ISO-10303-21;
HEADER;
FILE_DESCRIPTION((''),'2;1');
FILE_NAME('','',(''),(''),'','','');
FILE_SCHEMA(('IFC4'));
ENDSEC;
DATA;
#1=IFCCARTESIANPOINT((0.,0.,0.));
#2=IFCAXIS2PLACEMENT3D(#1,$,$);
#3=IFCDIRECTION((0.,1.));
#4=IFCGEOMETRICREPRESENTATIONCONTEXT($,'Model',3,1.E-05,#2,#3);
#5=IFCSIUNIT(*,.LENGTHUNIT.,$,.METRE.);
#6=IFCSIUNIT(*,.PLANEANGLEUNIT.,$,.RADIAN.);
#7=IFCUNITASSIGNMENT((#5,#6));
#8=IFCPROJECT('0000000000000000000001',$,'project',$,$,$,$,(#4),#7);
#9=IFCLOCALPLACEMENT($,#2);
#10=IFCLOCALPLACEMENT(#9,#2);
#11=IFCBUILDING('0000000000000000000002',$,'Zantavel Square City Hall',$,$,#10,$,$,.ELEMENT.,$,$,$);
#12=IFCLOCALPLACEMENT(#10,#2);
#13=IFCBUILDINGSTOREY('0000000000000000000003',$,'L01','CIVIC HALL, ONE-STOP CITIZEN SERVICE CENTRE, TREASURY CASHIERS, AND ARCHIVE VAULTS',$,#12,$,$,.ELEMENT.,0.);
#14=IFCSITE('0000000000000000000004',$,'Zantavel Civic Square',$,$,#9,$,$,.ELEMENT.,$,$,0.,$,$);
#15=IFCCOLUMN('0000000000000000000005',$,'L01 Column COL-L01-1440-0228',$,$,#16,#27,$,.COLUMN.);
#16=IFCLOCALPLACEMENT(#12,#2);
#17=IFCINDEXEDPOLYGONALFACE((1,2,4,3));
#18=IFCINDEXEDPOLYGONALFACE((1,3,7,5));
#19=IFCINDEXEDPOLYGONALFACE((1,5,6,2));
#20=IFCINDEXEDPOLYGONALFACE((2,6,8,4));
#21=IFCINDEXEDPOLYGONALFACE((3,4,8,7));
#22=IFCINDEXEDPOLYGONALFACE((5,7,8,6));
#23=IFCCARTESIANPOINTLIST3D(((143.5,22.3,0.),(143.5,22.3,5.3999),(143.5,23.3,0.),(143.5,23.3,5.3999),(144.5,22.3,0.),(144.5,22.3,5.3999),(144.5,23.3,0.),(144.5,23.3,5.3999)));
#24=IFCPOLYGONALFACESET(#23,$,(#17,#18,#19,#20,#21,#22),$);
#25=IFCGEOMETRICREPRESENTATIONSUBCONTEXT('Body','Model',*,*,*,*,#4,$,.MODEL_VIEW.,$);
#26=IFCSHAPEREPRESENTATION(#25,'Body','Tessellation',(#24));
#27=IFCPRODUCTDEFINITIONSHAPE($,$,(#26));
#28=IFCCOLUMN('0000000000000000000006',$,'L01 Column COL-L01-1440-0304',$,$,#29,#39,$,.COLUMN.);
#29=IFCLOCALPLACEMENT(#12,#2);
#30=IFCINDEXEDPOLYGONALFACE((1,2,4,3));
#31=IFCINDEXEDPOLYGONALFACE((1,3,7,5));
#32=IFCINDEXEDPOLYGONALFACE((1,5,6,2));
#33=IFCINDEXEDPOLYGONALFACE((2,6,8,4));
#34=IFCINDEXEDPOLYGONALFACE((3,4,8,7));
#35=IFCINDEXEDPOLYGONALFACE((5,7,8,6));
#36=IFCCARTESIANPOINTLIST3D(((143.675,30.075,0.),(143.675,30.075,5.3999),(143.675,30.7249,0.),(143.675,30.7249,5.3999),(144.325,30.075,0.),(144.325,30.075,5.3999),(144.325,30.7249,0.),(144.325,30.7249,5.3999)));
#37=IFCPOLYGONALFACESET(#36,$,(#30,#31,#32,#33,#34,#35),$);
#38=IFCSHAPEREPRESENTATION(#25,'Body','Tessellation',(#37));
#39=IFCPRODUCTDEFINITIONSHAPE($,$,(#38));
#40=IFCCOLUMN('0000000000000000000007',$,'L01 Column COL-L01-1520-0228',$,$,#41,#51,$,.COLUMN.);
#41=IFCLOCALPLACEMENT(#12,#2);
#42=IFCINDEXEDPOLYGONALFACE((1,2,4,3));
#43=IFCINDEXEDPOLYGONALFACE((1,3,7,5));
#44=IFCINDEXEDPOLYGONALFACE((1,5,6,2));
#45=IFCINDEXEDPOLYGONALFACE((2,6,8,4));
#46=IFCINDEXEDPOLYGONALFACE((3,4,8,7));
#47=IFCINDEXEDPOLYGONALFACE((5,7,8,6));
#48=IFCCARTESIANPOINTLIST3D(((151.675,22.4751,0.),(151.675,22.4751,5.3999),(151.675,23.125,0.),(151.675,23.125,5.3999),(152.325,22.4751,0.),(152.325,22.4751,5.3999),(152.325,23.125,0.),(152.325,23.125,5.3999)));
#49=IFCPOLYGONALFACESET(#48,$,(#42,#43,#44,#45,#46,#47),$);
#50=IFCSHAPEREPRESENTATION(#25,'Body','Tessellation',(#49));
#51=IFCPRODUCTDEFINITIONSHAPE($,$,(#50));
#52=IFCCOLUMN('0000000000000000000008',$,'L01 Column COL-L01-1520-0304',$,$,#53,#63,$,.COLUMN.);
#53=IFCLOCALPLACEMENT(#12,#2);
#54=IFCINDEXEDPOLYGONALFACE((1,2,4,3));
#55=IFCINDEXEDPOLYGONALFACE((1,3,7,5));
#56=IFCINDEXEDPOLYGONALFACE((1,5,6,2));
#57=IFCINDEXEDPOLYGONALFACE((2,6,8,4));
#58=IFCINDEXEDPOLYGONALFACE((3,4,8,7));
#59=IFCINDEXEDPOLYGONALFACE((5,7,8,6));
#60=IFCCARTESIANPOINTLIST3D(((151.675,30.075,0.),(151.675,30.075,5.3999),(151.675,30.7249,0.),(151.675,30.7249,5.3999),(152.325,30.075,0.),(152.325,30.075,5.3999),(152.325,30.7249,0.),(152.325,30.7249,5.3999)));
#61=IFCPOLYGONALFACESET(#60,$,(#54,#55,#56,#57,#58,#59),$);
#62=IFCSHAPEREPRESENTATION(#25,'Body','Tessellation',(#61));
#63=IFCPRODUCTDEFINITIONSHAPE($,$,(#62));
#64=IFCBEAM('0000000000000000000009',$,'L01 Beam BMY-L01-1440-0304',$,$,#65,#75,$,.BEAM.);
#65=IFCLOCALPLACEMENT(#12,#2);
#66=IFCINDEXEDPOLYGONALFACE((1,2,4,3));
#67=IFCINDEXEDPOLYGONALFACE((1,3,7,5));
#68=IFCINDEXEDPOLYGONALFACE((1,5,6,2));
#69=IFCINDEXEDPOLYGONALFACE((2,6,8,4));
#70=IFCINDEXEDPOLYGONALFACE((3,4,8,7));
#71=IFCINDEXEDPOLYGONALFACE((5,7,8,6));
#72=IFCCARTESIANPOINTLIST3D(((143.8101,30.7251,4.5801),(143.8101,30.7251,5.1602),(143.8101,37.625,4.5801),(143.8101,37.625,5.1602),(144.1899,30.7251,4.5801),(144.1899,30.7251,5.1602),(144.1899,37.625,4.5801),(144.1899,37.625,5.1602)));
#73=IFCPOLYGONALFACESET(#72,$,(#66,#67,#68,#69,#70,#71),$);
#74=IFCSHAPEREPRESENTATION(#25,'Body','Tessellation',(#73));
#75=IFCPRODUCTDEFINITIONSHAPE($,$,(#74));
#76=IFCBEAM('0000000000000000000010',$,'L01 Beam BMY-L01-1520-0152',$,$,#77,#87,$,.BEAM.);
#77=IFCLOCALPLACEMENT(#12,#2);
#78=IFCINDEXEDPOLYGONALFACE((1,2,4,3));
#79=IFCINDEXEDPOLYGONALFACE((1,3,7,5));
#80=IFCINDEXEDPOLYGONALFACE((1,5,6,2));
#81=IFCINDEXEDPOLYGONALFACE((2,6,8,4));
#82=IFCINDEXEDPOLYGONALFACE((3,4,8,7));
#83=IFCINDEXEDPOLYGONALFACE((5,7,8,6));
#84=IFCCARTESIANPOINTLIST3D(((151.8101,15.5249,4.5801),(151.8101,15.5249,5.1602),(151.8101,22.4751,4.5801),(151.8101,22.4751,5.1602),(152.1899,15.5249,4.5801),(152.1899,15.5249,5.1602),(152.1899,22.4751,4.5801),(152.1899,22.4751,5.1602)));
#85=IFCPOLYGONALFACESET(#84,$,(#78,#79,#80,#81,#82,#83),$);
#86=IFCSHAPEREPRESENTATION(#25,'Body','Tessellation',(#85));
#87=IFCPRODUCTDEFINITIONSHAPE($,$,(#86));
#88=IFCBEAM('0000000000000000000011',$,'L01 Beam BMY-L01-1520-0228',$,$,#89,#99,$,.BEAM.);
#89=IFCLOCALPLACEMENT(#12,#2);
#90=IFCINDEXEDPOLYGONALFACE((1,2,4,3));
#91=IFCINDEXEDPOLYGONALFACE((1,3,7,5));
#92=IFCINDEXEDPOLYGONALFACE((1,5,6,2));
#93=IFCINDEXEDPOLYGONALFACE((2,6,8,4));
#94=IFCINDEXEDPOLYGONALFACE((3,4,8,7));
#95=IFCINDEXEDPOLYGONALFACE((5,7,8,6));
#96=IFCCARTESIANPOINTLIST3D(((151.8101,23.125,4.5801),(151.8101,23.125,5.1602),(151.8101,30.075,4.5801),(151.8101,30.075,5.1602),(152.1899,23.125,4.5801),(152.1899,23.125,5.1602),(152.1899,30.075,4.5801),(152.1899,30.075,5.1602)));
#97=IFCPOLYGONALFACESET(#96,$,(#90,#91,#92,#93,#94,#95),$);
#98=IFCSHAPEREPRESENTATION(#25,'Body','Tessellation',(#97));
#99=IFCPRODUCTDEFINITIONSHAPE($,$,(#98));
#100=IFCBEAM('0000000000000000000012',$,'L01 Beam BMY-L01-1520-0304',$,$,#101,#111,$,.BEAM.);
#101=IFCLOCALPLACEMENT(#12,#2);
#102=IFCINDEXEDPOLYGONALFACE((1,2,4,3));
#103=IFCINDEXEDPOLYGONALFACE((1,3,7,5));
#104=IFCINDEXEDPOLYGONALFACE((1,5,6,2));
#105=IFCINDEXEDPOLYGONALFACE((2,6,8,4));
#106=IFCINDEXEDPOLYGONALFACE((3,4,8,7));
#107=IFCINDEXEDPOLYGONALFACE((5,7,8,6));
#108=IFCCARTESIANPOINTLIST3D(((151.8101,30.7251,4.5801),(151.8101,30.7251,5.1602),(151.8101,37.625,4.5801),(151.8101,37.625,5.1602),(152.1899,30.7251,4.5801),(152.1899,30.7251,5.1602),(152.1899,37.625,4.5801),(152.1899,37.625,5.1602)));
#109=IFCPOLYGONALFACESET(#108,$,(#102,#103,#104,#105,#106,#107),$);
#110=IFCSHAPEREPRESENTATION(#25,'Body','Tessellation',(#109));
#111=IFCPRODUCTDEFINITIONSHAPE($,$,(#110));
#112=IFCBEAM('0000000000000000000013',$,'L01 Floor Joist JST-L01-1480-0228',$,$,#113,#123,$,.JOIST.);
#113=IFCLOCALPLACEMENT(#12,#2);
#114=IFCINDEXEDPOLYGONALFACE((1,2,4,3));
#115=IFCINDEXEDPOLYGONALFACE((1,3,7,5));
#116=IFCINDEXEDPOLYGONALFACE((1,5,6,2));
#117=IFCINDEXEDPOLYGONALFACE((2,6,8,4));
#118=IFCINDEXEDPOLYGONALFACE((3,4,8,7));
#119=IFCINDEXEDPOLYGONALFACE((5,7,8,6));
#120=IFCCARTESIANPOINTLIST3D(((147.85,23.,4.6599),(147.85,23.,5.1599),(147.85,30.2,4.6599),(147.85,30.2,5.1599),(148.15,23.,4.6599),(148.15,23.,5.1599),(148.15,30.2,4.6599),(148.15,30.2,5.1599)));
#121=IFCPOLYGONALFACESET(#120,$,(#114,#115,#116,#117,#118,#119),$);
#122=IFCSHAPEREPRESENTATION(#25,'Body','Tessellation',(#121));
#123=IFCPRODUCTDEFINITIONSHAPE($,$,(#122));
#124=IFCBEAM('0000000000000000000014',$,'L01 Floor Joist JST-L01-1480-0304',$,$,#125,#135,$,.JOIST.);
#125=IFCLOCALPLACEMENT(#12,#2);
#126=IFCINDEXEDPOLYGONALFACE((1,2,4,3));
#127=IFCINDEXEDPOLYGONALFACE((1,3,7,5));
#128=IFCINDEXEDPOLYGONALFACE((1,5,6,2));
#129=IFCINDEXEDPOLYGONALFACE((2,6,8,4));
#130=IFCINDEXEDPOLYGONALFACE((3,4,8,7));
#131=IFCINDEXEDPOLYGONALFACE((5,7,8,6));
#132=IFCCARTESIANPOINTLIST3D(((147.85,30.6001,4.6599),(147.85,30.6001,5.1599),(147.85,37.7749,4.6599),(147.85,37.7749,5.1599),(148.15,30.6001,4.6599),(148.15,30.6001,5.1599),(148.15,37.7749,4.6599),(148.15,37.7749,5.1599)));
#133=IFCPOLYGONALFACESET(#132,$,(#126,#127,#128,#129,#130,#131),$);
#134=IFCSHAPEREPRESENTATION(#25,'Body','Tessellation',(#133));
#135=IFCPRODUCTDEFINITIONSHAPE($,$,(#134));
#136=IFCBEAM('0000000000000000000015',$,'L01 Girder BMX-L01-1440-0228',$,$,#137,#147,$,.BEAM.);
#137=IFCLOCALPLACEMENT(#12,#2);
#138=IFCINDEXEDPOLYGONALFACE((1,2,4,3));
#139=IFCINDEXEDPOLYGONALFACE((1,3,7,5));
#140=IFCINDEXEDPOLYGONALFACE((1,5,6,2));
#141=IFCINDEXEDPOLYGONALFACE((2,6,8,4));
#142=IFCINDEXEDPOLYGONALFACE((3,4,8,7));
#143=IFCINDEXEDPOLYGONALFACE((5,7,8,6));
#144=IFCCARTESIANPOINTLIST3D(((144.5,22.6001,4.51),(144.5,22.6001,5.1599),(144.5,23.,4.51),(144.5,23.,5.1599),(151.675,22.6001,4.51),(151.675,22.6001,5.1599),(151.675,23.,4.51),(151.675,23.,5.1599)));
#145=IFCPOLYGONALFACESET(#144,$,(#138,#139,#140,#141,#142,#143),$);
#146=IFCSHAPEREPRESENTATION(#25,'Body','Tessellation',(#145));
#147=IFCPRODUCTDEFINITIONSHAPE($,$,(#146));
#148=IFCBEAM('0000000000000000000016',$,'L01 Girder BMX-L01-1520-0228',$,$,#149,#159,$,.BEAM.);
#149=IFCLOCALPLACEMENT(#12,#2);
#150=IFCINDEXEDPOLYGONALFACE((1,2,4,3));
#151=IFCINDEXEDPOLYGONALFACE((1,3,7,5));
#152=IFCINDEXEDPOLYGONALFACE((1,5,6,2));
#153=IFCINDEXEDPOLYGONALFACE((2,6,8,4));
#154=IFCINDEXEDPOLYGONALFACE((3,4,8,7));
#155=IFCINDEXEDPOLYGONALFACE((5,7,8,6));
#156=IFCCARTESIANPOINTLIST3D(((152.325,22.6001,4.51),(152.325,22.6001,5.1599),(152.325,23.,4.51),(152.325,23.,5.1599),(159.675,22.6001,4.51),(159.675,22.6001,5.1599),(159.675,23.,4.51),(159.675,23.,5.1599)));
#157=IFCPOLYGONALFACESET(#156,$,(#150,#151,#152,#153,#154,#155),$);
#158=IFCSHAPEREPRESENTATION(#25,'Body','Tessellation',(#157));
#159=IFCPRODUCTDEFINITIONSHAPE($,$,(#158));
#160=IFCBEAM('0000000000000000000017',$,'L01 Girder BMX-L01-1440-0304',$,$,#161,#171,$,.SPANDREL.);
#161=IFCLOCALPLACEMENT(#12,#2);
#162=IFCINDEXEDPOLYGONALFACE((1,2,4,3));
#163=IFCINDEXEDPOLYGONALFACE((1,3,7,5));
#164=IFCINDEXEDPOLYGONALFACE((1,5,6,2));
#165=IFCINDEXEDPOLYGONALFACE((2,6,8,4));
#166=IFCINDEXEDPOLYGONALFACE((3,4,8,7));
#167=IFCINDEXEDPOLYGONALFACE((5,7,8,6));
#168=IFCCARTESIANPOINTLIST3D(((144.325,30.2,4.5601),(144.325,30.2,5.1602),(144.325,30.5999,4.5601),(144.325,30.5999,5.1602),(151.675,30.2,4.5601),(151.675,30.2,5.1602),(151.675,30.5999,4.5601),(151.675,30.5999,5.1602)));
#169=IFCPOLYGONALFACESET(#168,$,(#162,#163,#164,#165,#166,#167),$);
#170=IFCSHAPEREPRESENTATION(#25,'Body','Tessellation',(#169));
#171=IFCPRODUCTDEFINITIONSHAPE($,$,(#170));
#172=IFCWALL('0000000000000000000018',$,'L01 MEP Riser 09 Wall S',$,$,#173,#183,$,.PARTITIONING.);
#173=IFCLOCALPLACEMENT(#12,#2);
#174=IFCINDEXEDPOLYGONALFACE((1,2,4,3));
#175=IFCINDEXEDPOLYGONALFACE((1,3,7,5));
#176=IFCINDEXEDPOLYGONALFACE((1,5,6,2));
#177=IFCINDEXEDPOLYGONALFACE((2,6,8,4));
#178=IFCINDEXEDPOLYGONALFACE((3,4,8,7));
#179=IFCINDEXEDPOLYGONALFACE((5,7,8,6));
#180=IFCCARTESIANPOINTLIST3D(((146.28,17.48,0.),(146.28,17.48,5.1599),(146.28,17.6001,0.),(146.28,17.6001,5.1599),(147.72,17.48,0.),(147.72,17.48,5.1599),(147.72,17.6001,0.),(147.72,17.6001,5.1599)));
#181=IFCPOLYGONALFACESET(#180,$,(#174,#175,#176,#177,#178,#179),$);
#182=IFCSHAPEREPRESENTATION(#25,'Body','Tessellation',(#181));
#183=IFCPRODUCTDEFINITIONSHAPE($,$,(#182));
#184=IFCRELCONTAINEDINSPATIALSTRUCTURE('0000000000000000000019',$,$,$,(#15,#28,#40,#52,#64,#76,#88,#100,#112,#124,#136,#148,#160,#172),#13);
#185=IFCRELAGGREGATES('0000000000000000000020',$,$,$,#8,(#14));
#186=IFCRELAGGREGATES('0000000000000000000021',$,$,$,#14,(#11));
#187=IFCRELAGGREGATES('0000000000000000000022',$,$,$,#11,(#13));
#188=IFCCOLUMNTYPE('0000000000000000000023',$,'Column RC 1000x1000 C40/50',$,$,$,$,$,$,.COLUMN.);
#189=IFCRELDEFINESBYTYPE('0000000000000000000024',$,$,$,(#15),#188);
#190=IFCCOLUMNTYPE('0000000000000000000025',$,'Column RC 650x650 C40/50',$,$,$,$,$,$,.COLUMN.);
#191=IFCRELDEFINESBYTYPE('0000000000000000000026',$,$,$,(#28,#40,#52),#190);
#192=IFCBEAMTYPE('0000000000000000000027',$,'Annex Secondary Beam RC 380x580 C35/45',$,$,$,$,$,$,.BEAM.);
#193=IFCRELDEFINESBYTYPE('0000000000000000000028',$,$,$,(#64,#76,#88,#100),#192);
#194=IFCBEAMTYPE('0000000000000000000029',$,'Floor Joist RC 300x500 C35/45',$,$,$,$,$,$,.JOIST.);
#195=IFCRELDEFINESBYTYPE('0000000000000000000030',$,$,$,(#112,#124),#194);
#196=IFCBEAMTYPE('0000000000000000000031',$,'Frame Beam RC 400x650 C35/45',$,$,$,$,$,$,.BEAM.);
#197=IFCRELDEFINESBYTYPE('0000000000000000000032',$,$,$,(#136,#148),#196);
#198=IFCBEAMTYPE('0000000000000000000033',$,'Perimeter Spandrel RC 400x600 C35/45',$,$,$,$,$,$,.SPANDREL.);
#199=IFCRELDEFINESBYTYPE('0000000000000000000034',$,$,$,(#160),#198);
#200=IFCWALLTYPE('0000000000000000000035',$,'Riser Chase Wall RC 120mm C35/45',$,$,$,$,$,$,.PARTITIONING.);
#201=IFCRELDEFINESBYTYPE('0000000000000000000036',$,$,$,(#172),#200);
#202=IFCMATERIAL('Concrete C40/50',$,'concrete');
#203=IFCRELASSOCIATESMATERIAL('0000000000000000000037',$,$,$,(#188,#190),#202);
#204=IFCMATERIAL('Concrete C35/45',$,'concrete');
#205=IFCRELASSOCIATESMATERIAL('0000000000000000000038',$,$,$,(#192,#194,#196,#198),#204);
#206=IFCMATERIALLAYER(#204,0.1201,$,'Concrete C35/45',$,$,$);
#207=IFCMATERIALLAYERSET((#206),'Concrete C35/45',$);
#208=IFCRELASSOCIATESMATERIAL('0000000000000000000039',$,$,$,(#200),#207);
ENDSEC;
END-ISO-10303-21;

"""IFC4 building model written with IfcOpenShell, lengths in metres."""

from ifc_helpers import new_model, si_unit, direction, frame, frame_2d, origin, origin_2d, place, context, subcontext, project, spatial, rectangle, extrude, material, layer, layer_set, material_profile, profile_set, type_object, element, save


model = new_model("IFC4")

# Units and contexts
model_context = context("Model", 3, precision=1e-05, world=origin(), true_north=direction((0.0, 1.0)))
body_context = subcontext(model_context, "Body", "Model", "MODEL_VIEW")
ifc_project = project(units=[si_unit("LENGTHUNIT", "METRE"), si_unit("PLANEANGLEUNIT", "RADIAN")], contexts=[model_context])

# Site, building, storey
site_placement = place(None, origin())
site = spatial("IfcSite", under=ifc_project, at=site_placement, Name="Zantavel Civic Square", CompositionType="ELEMENT", RefElevation=0.0)
building_placement = place(site_placement, origin())
building = spatial("IfcBuilding", under=site, at=building_placement, Name="Zantavel Square City Hall", CompositionType="ELEMENT")
storey_placement = place(building_placement, origin())
storey = spatial("IfcBuildingStorey", under=building, at=storey_placement, Name="L01", Description="CIVIC HALL, ONE-STOP CITIZEN SERVICE CENTRE, TREASURY CASHIERS, AND ARCHIVE VAULTS", CompositionType="ELEMENT", Elevation=0.0)

# Columns
ifc_material_1 = material(Name="Concrete C40/50", Category="concrete")
ifc_material_profile_1 = material_profile(ifc_material_1, rectangle(XDim=1.0, YDim=1.0, at=origin_2d()), Name="RC 1000x1000")
ifc_profile_set_1 = profile_set([ifc_material_profile_1], Name="Concrete C40/50")
column_type_1 = type_object("IfcColumnType", Name="Column RC 1000x1000 C40/50", PredefinedType="COLUMN", material=ifc_profile_set_1)
column_placement = place(storey_placement, frame((144.0, 22.8, 0.0), z_axis=(0.0, 0.0, 1.0), x_axis=(1.0, 0.0, 0.0)))
element("IfcColumn", 1, at=column_placement, inside=storey, type_object=column_type_1, Name="L01 Column COL-L01-1440-0228", PredefinedType="COLUMN", context=body_context, shape_type="SweptSolid", body=[
    extrude(rectangle(XDim=1.0, YDim=1.0, at=origin_2d()), origin(), (0.0, 0.0, 1.0), 5.3999),
])
ifc_material_profile_2 = material_profile(ifc_material_1, rectangle(XDim=0.6499, YDim=0.6499, at=origin_2d()), Name="RC 650x650")
ifc_profile_set_2 = profile_set([ifc_material_profile_2], Name="Concrete C40/50")
column_type_2 = type_object("IfcColumnType", Name="Column RC 650x650 C40/50", PredefinedType="COLUMN", material=ifc_profile_set_2)
for number, where, z_axis, x_axis, name in (
    (2, (144.0, 30.3999, 0.0), (0.0, 0.0, 1.0), (1.0, 0.0, 0.0), "L01 Column COL-L01-1440-0304"),
    (3, (152.0, 22.8, 0.0), (0.0, 0.0, 1.0), (1.0, 0.0, 0.0), "L01 Column COL-L01-1520-0228"),
    (4, (152.0, 30.3999, 0.0), (0.0, 0.0, 1.0), (1.0, 0.0, 0.0), "L01 Column COL-L01-1520-0304"),
):
    element("IfcColumn", number, at=place(storey_placement, frame(where, z_axis=z_axis, x_axis=x_axis)), inside=storey, type_object=column_type_2, Name=name, PredefinedType="COLUMN", context=body_context, shape_type="SweptSolid", body=[
        extrude(rectangle(XDim=0.6499, YDim=0.6499, at=origin_2d()), origin(), (0.0, 0.0, 1.0), 5.3999),
    ])

# Beams
ifc_material_2 = material(Name="Concrete C35/45", Category="concrete")
ifc_material_profile_3 = material_profile(ifc_material_2, rectangle(XDim=0.3799, YDim=0.5801, at=origin_2d()), Name="RC 380x580")
ifc_profile_set_3 = profile_set([ifc_material_profile_3], Name="Concrete C35/45")
beam_type_1 = type_object("IfcBeamType", Name="Annex Secondary Beam RC 380x580 C35/45", PredefinedType="BEAM", material=ifc_profile_set_3)
beam_1_placement = place(storey_placement, frame((144.0, 30.7251, 4.8701), z_axis=(0.0, 1.0, 0.0), x_axis=(-1.0, 0.0, 0.0)))
element("IfcBeam", 5, at=beam_1_placement, inside=storey, type_object=beam_type_1, Name="L01 Beam BMY-L01-1440-0304", PredefinedType="BEAM", context=body_context, shape_type="SweptSolid", body=[
    extrude(rectangle(XDim=0.3799, YDim=0.5801, at=origin_2d()), origin(), (0.0, 0.0, 1.0), 6.8999),
])
beam_2_placement = place(storey_placement, frame((152.0, 15.5249, 4.8701), z_axis=(0.0, 1.0, 0.0), x_axis=(-1.0, 0.0, 0.0)))
element("IfcBeam", 6, at=beam_2_placement, inside=storey, type_object=beam_type_1, Name="L01 Beam BMY-L01-1520-0152", PredefinedType="BEAM", context=body_context, shape_type="SweptSolid", body=[
    extrude(rectangle(XDim=0.3799, YDim=0.5801, at=origin_2d()), origin(), (0.0, 0.0, 1.0), 6.9502),
])
beam_3_placement = place(storey_placement, frame((152.0, 23.125, 4.8701), z_axis=(0.0, 1.0, 0.0), x_axis=(-1.0, 0.0, 0.0)))
element("IfcBeam", 7, at=beam_3_placement, inside=storey, type_object=beam_type_1, Name="L01 Beam BMY-L01-1520-0228", PredefinedType="BEAM", context=body_context, shape_type="SweptSolid", body=[
    extrude(rectangle(XDim=0.3799, YDim=0.5801, at=origin_2d()), origin(), (0.0, 0.0, 1.0), 6.95),
])
beam_4_placement = place(storey_placement, frame((152.0, 30.7251, 4.8701), z_axis=(0.0, 1.0, 0.0), x_axis=(-1.0, 0.0, 0.0)))
element("IfcBeam", 8, at=beam_4_placement, inside=storey, type_object=beam_type_1, Name="L01 Beam BMY-L01-1520-0304", PredefinedType="BEAM", context=body_context, shape_type="SweptSolid", body=[
    extrude(rectangle(XDim=0.3799, YDim=0.5801, at=origin_2d()), origin(), (0.0, 0.0, 1.0), 6.8999),
])
ifc_material_profile_4 = material_profile(ifc_material_2, rectangle(XDim=0.3, YDim=0.5, at=origin_2d()), Name="RC 300x500")
ifc_profile_set_4 = profile_set([ifc_material_profile_4], Name="Concrete C35/45")
beam_type_2 = type_object("IfcBeamType", Name="Floor Joist RC 300x500 C35/45", PredefinedType="JOIST", material=ifc_profile_set_4)
beam_5_placement = place(storey_placement, frame((148.0, 23.0, 4.9099), z_axis=(0.0, 1.0, 0.0), x_axis=(-1.0, 0.0, 0.0)))
element("IfcBeam", 9, at=beam_5_placement, inside=storey, type_object=beam_type_2, Name="L01 Floor Joist JST-L01-1480-0228", PredefinedType="JOIST", context=body_context, shape_type="SweptSolid", body=[
    extrude(rectangle(XDim=0.3, YDim=0.5, at=origin_2d()), origin(), (0.0, 0.0, 1.0), 7.2),
])
beam_6_placement = place(storey_placement, frame((148.0, 30.6001, 4.9099), z_axis=(0.0, 1.0, 0.0), x_axis=(-1.0, 0.0, 0.0)))
element("IfcBeam", 10, at=beam_6_placement, inside=storey, type_object=beam_type_2, Name="L01 Floor Joist JST-L01-1480-0304", PredefinedType="JOIST", context=body_context, shape_type="SweptSolid", body=[
    extrude(rectangle(XDim=0.3, YDim=0.5, at=origin_2d()), origin(), (0.0, 0.0, 1.0), 7.1748),
])
ifc_material_profile_5 = material_profile(ifc_material_2, rectangle(XDim=0.3999, YDim=0.6499, at=origin_2d()), Name="RC 400x650")
ifc_profile_set_5 = profile_set([ifc_material_profile_5], Name="Concrete C35/45")
beam_type_3 = type_object("IfcBeamType", Name="Frame Beam RC 400x650 C35/45", PredefinedType="BEAM", material=ifc_profile_set_5)
beam_7_placement = place(storey_placement, frame((144.5, 22.8, 4.835), z_axis=(1.0, 0.0, 0.0), x_axis=(0.0, 1.0, 0.0)))
element("IfcBeam", 11, at=beam_7_placement, inside=storey, type_object=beam_type_3, Name="L01 Girder BMX-L01-1440-0228", PredefinedType="BEAM", context=body_context, shape_type="SweptSolid", body=[
    extrude(rectangle(XDim=0.3999, YDim=0.6499, at=origin_2d()), origin(), (0.0, 0.0, 1.0), 7.175),
])
beam_8_placement = place(storey_placement, frame((152.325, 22.8, 4.835), z_axis=(1.0, 0.0, 0.0), x_axis=(0.0, 1.0, 0.0)))
element("IfcBeam", 12, at=beam_8_placement, inside=storey, type_object=beam_type_3, Name="L01 Girder BMX-L01-1520-0228", PredefinedType="BEAM", context=body_context, shape_type="SweptSolid", body=[
    extrude(rectangle(XDim=0.3999, YDim=0.6499, at=origin_2d()), origin(), (0.0, 0.0, 1.0), 7.3501),
])
ifc_material_profile_6 = material_profile(ifc_material_2, rectangle(XDim=0.3999, YDim=0.6001, at=origin_2d()), Name="RC 400x600")
ifc_profile_set_6 = profile_set([ifc_material_profile_6], Name="Concrete C35/45")
beam_type_4 = type_object("IfcBeamType", Name="Perimeter Spandrel RC 400x600 C35/45", PredefinedType="SPANDREL", material=ifc_profile_set_6)
beam_9_placement = place(storey_placement, frame((144.325, 30.3999, 4.8601), z_axis=(1.0, 0.0, 0.0), x_axis=(0.0, 1.0, 0.0)))
element("IfcBeam", 13, at=beam_9_placement, inside=storey, type_object=beam_type_4, Name="L01 Girder BMX-L01-1440-0304", PredefinedType="SPANDREL", context=body_context, shape_type="SweptSolid", body=[
    extrude(rectangle(XDim=0.3999, YDim=0.6001, at=origin_2d()), origin(), (0.0, 0.0, 1.0), 7.3501),
])

# Wall
ifc_layer = layer(ifc_material_2, 0.1201, Name="Concrete C35/45")
ifc_layer_set = layer_set([ifc_layer], Name="Concrete C35/45")
wall_type = type_object("IfcWallType", Name="Riser Chase Wall RC 120mm C35/45", PredefinedType="PARTITIONING", material=ifc_layer_set)
wall_1_placement = place(storey_placement, frame((147.72, 17.54, 0.0), z_axis=(0.0, 0.0, 1.0), x_axis=(-1.0, 0.0, 0.0)))
element("IfcWall", 14, at=wall_1_placement, inside=storey, type_object=wall_type, Name="L01 MEP Riser 09 Wall S", PredefinedType="PARTITIONING", context=body_context, shape_type="SweptSolid", body=[
    extrude(rectangle(XDim=1.4399, YDim=0.1201, at=frame_2d((0.72, 0.0))), origin(), (0.0, 0.0, 1.0), 5.1599),
])

save(model, "model.ifc")
